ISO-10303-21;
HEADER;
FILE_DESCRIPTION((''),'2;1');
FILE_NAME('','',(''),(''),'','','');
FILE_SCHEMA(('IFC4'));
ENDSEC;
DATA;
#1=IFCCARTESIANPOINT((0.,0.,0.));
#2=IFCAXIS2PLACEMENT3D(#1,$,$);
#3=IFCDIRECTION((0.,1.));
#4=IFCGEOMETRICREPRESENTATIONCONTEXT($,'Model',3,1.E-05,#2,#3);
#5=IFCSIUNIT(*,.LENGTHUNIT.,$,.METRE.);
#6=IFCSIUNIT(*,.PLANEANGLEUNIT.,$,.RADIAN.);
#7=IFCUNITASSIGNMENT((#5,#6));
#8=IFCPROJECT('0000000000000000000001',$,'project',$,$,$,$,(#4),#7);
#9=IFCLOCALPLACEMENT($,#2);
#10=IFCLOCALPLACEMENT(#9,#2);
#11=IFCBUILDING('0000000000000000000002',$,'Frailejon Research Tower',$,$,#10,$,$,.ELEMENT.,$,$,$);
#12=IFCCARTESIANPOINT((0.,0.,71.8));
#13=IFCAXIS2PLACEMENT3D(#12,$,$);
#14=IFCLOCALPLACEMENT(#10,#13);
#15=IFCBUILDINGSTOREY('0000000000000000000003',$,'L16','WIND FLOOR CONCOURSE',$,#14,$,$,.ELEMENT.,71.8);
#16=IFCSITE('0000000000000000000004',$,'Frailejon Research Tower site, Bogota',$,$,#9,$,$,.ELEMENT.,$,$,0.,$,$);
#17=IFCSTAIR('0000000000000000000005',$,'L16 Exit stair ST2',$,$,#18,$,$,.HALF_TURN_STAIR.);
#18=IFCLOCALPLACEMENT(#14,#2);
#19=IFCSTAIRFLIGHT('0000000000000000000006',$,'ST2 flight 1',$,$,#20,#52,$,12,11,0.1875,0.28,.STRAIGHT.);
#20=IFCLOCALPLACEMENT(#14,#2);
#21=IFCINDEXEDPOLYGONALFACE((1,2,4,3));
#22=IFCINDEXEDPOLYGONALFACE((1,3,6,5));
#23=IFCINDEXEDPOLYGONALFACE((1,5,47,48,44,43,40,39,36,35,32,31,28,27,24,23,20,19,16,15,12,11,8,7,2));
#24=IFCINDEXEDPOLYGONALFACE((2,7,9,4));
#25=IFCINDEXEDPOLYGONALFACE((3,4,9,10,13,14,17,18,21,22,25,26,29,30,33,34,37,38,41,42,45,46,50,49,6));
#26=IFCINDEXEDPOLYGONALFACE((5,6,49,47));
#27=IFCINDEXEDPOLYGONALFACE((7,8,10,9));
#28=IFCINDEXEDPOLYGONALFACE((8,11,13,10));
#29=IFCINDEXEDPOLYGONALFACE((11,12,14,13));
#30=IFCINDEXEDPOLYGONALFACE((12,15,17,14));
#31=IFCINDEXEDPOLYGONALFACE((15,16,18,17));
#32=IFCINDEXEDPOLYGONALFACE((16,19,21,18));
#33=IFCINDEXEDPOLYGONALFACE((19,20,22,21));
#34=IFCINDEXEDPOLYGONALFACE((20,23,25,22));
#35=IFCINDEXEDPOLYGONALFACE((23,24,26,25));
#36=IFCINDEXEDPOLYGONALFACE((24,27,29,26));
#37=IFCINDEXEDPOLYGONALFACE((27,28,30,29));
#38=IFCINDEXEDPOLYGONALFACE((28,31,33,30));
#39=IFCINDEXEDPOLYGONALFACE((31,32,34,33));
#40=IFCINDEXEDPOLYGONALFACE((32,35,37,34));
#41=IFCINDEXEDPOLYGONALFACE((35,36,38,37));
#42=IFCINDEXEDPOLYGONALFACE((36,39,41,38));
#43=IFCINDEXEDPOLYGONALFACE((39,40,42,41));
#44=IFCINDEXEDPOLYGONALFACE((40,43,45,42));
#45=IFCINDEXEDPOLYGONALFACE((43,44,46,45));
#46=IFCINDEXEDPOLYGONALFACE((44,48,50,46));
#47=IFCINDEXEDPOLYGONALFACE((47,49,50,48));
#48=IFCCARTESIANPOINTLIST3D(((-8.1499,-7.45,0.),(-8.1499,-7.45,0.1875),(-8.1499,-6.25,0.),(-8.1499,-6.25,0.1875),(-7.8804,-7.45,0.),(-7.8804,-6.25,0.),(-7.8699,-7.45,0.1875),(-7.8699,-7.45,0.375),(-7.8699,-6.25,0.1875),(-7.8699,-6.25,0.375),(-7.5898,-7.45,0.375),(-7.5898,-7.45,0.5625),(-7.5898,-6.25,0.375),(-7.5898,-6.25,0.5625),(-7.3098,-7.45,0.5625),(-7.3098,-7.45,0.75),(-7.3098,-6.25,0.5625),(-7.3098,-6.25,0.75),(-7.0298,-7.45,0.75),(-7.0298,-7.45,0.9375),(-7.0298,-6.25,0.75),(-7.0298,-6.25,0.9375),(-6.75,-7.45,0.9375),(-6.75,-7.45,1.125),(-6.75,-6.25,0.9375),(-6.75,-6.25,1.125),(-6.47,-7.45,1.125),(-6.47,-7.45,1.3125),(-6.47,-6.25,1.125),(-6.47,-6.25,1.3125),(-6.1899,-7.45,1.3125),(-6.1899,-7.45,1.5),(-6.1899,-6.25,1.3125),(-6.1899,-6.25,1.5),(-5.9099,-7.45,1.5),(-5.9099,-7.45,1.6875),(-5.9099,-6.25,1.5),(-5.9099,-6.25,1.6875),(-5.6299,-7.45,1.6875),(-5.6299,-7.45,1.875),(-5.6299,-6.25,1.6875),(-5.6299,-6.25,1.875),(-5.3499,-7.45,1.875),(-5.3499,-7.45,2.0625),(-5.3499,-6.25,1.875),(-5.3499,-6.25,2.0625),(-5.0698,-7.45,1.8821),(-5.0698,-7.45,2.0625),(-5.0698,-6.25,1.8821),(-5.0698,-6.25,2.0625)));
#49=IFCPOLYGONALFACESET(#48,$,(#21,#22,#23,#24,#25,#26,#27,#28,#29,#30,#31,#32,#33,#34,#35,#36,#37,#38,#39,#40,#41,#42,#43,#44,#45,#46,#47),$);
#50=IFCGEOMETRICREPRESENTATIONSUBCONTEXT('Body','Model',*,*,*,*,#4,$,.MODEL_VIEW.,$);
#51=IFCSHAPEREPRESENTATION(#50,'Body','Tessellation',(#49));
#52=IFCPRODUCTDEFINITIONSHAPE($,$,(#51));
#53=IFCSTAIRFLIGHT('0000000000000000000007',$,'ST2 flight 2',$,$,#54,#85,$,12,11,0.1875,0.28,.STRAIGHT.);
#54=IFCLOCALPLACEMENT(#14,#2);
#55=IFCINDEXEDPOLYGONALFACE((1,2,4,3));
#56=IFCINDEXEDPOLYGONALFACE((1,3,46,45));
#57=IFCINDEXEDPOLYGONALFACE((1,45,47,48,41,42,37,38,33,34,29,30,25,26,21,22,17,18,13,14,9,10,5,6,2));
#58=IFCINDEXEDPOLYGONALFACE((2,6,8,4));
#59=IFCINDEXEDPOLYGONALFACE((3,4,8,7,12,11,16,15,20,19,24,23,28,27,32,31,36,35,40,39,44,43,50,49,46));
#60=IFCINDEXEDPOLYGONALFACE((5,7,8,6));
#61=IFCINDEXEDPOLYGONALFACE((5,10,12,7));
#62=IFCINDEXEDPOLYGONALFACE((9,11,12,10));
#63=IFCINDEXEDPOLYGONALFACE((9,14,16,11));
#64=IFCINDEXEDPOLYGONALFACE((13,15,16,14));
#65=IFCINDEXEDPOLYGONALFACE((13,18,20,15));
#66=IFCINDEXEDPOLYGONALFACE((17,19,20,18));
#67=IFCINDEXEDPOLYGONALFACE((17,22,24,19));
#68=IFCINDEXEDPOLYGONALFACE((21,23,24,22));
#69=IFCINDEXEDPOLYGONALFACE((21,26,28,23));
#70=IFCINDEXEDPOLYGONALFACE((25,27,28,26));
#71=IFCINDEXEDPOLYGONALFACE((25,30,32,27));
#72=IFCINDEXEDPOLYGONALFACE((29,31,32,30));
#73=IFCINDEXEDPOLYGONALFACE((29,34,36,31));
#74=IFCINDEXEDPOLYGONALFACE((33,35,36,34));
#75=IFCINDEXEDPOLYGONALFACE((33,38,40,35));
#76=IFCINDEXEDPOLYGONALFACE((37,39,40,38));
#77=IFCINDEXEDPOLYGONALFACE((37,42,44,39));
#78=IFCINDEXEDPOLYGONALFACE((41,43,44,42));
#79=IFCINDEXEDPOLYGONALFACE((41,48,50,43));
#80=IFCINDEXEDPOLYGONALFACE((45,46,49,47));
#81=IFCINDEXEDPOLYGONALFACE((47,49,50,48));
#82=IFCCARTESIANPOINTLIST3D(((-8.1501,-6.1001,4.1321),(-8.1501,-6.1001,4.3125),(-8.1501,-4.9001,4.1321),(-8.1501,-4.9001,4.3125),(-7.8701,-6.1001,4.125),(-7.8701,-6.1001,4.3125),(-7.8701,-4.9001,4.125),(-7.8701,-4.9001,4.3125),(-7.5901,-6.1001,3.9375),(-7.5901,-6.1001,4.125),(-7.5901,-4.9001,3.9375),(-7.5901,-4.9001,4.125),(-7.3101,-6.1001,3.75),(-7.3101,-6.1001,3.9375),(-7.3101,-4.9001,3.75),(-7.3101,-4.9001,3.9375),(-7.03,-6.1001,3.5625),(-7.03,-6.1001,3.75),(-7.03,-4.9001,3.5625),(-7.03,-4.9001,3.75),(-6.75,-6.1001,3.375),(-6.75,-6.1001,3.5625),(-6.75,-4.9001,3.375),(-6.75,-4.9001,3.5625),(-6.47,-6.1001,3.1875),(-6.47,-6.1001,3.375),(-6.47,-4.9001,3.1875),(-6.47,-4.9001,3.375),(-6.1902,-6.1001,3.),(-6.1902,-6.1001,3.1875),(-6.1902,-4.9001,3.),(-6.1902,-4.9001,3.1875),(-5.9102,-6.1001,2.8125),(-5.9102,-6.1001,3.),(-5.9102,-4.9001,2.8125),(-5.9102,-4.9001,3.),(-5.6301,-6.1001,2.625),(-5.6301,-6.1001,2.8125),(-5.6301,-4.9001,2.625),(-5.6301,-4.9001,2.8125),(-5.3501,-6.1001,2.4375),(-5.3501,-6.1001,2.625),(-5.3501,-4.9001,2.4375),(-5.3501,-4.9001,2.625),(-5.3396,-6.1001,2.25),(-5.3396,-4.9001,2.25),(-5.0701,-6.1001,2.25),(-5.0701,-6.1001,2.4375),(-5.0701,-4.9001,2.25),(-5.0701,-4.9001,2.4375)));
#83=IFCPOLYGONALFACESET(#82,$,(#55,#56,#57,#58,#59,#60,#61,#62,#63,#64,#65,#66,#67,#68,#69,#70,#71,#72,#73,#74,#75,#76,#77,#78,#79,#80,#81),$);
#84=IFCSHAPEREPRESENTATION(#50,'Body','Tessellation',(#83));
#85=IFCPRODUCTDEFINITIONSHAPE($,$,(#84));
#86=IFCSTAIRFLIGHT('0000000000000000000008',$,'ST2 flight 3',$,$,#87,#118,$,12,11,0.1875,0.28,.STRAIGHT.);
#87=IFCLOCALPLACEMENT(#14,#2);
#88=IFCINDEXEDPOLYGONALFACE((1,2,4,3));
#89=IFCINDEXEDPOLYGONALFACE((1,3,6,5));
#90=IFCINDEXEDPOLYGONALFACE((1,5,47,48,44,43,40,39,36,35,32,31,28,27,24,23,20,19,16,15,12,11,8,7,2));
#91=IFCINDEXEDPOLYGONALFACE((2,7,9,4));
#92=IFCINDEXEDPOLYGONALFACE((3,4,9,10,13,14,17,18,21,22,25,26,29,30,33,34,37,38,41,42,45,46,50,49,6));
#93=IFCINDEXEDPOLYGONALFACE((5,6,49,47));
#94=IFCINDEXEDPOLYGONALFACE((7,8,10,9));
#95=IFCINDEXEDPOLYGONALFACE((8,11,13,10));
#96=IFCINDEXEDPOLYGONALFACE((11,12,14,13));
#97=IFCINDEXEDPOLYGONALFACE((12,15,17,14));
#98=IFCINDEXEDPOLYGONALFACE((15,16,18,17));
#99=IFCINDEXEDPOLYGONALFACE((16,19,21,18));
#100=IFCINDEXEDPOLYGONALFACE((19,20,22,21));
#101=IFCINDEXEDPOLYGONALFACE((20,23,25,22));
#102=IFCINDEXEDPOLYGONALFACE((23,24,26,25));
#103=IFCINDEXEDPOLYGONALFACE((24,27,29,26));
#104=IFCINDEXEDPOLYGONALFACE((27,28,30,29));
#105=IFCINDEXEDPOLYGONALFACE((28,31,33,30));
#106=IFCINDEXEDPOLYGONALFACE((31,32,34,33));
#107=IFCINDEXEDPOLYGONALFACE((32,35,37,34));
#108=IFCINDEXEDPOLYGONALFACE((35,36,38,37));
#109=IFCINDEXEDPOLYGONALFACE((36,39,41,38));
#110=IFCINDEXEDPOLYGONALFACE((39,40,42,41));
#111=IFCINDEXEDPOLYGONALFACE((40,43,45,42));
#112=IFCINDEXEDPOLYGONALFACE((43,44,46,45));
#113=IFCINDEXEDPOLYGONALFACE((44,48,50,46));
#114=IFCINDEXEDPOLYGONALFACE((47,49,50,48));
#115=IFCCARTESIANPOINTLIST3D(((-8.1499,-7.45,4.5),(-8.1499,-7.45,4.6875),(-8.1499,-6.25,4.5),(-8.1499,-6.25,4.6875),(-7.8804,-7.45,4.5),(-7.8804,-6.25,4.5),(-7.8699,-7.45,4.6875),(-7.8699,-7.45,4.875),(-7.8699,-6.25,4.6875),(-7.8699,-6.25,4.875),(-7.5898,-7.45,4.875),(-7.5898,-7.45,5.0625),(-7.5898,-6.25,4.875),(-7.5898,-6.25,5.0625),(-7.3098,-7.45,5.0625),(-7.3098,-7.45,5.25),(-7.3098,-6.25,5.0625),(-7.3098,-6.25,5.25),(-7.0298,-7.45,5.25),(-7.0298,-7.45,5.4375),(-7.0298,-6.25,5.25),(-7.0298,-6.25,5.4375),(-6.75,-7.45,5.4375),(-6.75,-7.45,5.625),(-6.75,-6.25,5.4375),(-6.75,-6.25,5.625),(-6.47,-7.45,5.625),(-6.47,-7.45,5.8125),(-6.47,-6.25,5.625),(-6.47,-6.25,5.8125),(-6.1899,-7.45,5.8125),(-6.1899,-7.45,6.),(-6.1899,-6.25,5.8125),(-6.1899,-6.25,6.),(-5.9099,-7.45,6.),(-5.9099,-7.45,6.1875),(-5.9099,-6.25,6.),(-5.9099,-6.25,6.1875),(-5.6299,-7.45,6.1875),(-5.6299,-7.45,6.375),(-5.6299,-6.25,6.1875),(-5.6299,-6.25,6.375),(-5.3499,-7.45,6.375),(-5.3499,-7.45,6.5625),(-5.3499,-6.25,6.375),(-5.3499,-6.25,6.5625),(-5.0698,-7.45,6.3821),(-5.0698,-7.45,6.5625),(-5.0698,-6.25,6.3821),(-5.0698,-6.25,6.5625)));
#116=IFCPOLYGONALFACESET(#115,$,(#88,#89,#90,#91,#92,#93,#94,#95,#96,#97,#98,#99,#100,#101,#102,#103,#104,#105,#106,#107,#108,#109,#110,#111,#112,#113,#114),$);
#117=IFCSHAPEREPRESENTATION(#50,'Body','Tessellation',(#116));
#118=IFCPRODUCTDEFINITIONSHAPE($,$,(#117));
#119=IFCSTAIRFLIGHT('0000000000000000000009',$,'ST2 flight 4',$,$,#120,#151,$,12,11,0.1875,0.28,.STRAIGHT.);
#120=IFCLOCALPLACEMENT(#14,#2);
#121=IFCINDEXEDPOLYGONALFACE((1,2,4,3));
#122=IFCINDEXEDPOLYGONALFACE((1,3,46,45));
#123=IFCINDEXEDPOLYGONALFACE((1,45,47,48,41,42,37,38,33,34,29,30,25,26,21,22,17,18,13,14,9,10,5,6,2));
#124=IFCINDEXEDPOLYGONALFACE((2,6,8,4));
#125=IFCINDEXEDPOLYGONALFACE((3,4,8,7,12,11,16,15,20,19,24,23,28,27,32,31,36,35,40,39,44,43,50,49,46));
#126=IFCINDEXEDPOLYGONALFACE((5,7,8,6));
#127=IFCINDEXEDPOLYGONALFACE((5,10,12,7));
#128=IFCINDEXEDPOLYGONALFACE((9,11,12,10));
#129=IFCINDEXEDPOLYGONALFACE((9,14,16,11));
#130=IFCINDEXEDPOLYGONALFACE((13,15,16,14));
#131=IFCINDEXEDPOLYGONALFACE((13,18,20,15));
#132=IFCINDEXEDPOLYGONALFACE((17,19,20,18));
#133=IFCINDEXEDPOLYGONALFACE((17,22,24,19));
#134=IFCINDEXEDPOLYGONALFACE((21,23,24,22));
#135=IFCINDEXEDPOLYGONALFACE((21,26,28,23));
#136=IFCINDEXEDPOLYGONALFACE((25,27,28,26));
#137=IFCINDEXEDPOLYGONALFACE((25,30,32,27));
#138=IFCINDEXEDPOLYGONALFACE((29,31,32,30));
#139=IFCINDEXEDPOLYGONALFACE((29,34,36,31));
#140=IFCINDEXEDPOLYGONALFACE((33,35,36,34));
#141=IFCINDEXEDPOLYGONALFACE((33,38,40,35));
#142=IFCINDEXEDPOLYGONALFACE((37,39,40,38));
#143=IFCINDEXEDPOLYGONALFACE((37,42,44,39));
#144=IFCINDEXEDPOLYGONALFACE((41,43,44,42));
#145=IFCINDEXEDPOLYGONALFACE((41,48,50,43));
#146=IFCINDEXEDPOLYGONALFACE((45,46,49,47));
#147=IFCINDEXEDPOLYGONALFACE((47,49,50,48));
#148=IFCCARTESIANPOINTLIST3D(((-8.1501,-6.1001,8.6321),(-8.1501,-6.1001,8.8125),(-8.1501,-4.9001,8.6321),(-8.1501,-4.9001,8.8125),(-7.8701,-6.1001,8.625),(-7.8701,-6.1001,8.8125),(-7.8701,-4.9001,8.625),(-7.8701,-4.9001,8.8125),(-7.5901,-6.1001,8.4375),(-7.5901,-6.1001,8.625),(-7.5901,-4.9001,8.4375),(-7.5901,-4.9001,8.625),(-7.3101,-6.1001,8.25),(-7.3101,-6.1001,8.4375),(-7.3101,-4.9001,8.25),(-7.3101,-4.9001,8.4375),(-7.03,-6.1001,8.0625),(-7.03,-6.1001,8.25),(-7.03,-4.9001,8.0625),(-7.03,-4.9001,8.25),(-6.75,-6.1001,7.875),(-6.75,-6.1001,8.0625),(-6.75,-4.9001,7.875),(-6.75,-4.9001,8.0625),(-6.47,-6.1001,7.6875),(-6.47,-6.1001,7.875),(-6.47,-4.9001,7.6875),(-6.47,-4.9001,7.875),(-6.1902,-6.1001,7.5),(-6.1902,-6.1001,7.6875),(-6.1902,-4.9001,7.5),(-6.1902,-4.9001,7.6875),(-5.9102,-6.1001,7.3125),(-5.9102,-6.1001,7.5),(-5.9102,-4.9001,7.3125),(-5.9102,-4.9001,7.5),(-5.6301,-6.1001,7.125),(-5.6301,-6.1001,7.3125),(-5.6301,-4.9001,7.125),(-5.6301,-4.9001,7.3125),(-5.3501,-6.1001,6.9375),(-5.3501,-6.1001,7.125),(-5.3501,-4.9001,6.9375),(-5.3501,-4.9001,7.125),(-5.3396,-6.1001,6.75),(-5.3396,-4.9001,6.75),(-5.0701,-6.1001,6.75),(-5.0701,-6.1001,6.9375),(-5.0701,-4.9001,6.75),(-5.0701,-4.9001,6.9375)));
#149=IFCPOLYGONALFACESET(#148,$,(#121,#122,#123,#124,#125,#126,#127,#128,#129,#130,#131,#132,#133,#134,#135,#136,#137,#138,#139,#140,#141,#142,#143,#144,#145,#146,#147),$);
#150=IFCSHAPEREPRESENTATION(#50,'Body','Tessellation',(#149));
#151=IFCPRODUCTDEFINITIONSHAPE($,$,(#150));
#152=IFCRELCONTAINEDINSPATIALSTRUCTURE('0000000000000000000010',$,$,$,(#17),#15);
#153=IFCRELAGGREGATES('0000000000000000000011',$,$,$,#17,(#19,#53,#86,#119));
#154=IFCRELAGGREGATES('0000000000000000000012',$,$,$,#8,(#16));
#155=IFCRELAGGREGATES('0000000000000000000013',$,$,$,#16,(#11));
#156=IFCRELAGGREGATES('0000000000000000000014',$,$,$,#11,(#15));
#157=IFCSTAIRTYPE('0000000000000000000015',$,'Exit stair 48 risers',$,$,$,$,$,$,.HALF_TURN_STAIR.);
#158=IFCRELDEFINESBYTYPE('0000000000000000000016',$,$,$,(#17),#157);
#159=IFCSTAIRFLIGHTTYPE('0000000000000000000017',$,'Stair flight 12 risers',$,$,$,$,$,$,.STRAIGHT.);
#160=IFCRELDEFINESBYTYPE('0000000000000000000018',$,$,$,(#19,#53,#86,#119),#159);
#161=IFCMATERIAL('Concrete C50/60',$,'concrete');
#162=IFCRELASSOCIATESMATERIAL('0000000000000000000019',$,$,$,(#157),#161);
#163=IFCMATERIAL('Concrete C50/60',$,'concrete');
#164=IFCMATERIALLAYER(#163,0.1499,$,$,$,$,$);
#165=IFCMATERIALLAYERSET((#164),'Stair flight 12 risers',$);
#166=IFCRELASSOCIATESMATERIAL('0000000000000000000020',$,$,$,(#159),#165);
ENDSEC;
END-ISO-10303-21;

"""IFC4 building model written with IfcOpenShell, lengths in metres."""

from ifc_helpers import new_model, si_unit, direction, frame, origin, place, context, subcontext, project, spatial, polyline, outline, extrude, material, layer, layer_set, type_object, element, aggregate, save


model = new_model("IFC4")

# Units and contexts
model_context = context("Model", 3, precision=1e-05, world=origin(), true_north=direction((0.0, 1.0)))
body_context = subcontext(model_context, "Body", "Model", "MODEL_VIEW")
ifc_project = project(units=[si_unit("LENGTHUNIT", "METRE"), si_unit("PLANEANGLEUNIT", "RADIAN")], contexts=[model_context])

# Site, building, storey
site_placement = place(None, origin())
site = spatial("IfcSite", under=ifc_project, at=site_placement, Name="Frailejon Research Tower site, Bogota", CompositionType="ELEMENT", RefElevation=0.0)
building_placement = place(site_placement, origin())
building = spatial("IfcBuilding", under=site, at=building_placement, Name="Frailejon Research Tower", CompositionType="ELEMENT")
storey_placement = place(building_placement, frame((0.0, 0.0, 71.8)))
storey = spatial("IfcBuildingStorey", under=building, at=storey_placement, Name="L16", Description="WIND FLOOR CONCOURSE", CompositionType="ELEMENT", Elevation=71.8)

# Stair, stair flights
ifc_material_1 = material(Name="Concrete C50/60", Category="concrete")
stair_type = type_object("IfcStairType", Name="Exit stair 48 risers", PredefinedType="HALF_TURN_STAIR", material=ifc_material_1)
stair_placement = place(storey_placement, origin())
stair = element("IfcStair", 1, at=stair_placement, inside=storey, type_object=stair_type, Name="L16 Exit stair ST2", PredefinedType="HALF_TURN_STAIR")
ifc_material_2 = material(Name="Concrete C50/60", Category="concrete")
ifc_layer_1 = layer(ifc_material_2, 0.1499)
ifc_layer_set_1 = layer_set([ifc_layer_1], Name="Stair flight 12 risers")
stair_flight_type = type_object("IfcStairFlightType", Name="Stair flight 12 risers", PredefinedType="STRAIGHT", material=ifc_layer_set_1)
stair_flight_1_placement = place(storey_placement, frame((-8.1499, -6.8501, 0.0), z_axis=(0.0, 0.0, 1.0), x_axis=(1.0, 0.0, 0.0)))
stair_flight_1 = element("IfcStairFlight", 2, at=stair_flight_1_placement, type_object=stair_flight_type, Name="ST2 flight 1", NumberOfRisers=12, NumberOfTreads=11, PredefinedType="STRAIGHT", RiserHeight=0.1875, TreadLength=0.28, context=body_context, shape_type="SweptSolid", body=[
    extrude(outline(polyline([(0.0, 0.0), (0.0, 0.1875), (0.28, 0.1875), (0.28, 0.375), (0.5601, 0.375), (0.5601, 0.5625), (0.8401, 0.5625), (0.8401, 0.75), (1.1201, 0.75), (1.1201, 0.9375), (1.3999, 0.9375), (1.3999, 1.125), (1.6799, 1.125), (1.6799, 1.3125), (1.96, 1.3125), (1.96, 1.5), (2.24, 1.5), (2.24, 1.6875), (2.52, 1.6875), (2.52, 1.875), (2.8, 1.875), (2.8, 2.0625), (3.0801, 2.0625), (3.0801, 2.25), (3.0801, 1.8821), (0.2695, 0.0), (0.0, 0.0)])), frame((0.0, 0.6001, 0.0), z_axis=(0.0, -1.0, 0.0), x_axis=(1.0, 0.0, 0.0)), (0.0, 0.0, 1.0), 1.2),
])
stair_flight_2_placement = place(storey_placement, frame((-5.0701, -5.5, 2.25), z_axis=(0.0, 0.0, 1.0), x_axis=(-1.0, 0.0, 0.0)))
stair_flight_2 = element("IfcStairFlight", 3, at=stair_flight_2_placement, type_object=stair_flight_type, Name="ST2 flight 2", NumberOfRisers=12, NumberOfTreads=11, PredefinedType="STRAIGHT", RiserHeight=0.1875, TreadLength=0.28, context=body_context, shape_type="SweptSolid", body=[
    extrude(outline(polyline([(0.0, 0.0), (0.0, 0.1875), (0.28, 0.1875), (0.28, 0.375), (0.5601, 0.375), (0.5601, 0.5625), (0.8401, 0.5625), (0.8401, 0.75), (1.1201, 0.75), (1.1201, 0.9375), (1.3999, 0.9375), (1.3999, 1.125), (1.6799, 1.125), (1.6799, 1.3125), (1.96, 1.3125), (1.96, 1.5), (2.24, 1.5), (2.24, 1.6875), (2.52, 1.6875), (2.52, 1.875), (2.8, 1.875), (2.8, 2.0625), (3.0801, 2.0625), (3.0801, 2.25), (3.0801, 1.8821), (0.2695, 0.0), (0.0, 0.0)])), frame((0.0, 0.6001, 0.0), z_axis=(0.0, -1.0, 0.0), x_axis=(1.0, 0.0, 0.0)), (0.0, 0.0, 1.0), 1.2),
])
stair_flight_3_placement = place(storey_placement, frame((-8.1499, -6.8501, 4.5), z_axis=(0.0, 0.0, 1.0), x_axis=(1.0, 0.0, 0.0)))
stair_flight_3 = element("IfcStairFlight", 4, at=stair_flight_3_placement, type_object=stair_flight_type, Name="ST2 flight 3", NumberOfRisers=12, NumberOfTreads=11, PredefinedType="STRAIGHT", RiserHeight=0.1875, TreadLength=0.28, context=body_context, shape_type="SweptSolid", body=[
    extrude(outline(polyline([(0.0, 0.0), (0.0, 0.1875), (0.28, 0.1875), (0.28, 0.375), (0.5601, 0.375), (0.5601, 0.5625), (0.8401, 0.5625), (0.8401, 0.75), (1.1201, 0.75), (1.1201, 0.9375), (1.3999, 0.9375), (1.3999, 1.125), (1.6799, 1.125), (1.6799, 1.3125), (1.96, 1.3125), (1.96, 1.5), (2.24, 1.5), (2.24, 1.6875), (2.52, 1.6875), (2.52, 1.875), (2.8, 1.875), (2.8, 2.0625), (3.0801, 2.0625), (3.0801, 2.25), (3.0801, 1.8821), (0.2695, 0.0), (0.0, 0.0)])), frame((0.0, 0.6001, 0.0), z_axis=(0.0, -1.0, 0.0), x_axis=(1.0, 0.0, 0.0)), (0.0, 0.0, 1.0), 1.2),
])
stair_flight_4_placement = place(storey_placement, frame((-5.0701, -5.5, 6.75), z_axis=(0.0, 0.0, 1.0), x_axis=(-1.0, 0.0, 0.0)))
stair_flight_4 = element("IfcStairFlight", 5, at=stair_flight_4_placement, type_object=stair_flight_type, Name="ST2 flight 4", NumberOfRisers=12, NumberOfTreads=11, PredefinedType="STRAIGHT", RiserHeight=0.1875, TreadLength=0.28, context=body_context, shape_type="SweptSolid", body=[
    extrude(outline(polyline([(0.0, 0.0), (0.0, 0.1875), (0.28, 0.1875), (0.28, 0.375), (0.5601, 0.375), (0.5601, 0.5625), (0.8401, 0.5625), (0.8401, 0.75), (1.1201, 0.75), (1.1201, 0.9375), (1.3999, 0.9375), (1.3999, 1.125), (1.6799, 1.125), (1.6799, 1.3125), (1.96, 1.3125), (1.96, 1.5), (2.24, 1.5), (2.24, 1.6875), (2.52, 1.6875), (2.52, 1.875), (2.8, 1.875), (2.8, 2.0625), (3.0801, 2.0625), (3.0801, 2.25), (3.0801, 1.8821), (0.2695, 0.0), (0.0, 0.0)])), frame((0.0, 0.6001, 0.0), z_axis=(0.0, -1.0, 0.0), x_axis=(1.0, 0.0, 0.0)), (0.0, 0.0, 1.0), 1.2),
])
aggregate(stair, [stair_flight_1, stair_flight_2, stair_flight_3, stair_flight_4])

save(model, "model.ifc")
